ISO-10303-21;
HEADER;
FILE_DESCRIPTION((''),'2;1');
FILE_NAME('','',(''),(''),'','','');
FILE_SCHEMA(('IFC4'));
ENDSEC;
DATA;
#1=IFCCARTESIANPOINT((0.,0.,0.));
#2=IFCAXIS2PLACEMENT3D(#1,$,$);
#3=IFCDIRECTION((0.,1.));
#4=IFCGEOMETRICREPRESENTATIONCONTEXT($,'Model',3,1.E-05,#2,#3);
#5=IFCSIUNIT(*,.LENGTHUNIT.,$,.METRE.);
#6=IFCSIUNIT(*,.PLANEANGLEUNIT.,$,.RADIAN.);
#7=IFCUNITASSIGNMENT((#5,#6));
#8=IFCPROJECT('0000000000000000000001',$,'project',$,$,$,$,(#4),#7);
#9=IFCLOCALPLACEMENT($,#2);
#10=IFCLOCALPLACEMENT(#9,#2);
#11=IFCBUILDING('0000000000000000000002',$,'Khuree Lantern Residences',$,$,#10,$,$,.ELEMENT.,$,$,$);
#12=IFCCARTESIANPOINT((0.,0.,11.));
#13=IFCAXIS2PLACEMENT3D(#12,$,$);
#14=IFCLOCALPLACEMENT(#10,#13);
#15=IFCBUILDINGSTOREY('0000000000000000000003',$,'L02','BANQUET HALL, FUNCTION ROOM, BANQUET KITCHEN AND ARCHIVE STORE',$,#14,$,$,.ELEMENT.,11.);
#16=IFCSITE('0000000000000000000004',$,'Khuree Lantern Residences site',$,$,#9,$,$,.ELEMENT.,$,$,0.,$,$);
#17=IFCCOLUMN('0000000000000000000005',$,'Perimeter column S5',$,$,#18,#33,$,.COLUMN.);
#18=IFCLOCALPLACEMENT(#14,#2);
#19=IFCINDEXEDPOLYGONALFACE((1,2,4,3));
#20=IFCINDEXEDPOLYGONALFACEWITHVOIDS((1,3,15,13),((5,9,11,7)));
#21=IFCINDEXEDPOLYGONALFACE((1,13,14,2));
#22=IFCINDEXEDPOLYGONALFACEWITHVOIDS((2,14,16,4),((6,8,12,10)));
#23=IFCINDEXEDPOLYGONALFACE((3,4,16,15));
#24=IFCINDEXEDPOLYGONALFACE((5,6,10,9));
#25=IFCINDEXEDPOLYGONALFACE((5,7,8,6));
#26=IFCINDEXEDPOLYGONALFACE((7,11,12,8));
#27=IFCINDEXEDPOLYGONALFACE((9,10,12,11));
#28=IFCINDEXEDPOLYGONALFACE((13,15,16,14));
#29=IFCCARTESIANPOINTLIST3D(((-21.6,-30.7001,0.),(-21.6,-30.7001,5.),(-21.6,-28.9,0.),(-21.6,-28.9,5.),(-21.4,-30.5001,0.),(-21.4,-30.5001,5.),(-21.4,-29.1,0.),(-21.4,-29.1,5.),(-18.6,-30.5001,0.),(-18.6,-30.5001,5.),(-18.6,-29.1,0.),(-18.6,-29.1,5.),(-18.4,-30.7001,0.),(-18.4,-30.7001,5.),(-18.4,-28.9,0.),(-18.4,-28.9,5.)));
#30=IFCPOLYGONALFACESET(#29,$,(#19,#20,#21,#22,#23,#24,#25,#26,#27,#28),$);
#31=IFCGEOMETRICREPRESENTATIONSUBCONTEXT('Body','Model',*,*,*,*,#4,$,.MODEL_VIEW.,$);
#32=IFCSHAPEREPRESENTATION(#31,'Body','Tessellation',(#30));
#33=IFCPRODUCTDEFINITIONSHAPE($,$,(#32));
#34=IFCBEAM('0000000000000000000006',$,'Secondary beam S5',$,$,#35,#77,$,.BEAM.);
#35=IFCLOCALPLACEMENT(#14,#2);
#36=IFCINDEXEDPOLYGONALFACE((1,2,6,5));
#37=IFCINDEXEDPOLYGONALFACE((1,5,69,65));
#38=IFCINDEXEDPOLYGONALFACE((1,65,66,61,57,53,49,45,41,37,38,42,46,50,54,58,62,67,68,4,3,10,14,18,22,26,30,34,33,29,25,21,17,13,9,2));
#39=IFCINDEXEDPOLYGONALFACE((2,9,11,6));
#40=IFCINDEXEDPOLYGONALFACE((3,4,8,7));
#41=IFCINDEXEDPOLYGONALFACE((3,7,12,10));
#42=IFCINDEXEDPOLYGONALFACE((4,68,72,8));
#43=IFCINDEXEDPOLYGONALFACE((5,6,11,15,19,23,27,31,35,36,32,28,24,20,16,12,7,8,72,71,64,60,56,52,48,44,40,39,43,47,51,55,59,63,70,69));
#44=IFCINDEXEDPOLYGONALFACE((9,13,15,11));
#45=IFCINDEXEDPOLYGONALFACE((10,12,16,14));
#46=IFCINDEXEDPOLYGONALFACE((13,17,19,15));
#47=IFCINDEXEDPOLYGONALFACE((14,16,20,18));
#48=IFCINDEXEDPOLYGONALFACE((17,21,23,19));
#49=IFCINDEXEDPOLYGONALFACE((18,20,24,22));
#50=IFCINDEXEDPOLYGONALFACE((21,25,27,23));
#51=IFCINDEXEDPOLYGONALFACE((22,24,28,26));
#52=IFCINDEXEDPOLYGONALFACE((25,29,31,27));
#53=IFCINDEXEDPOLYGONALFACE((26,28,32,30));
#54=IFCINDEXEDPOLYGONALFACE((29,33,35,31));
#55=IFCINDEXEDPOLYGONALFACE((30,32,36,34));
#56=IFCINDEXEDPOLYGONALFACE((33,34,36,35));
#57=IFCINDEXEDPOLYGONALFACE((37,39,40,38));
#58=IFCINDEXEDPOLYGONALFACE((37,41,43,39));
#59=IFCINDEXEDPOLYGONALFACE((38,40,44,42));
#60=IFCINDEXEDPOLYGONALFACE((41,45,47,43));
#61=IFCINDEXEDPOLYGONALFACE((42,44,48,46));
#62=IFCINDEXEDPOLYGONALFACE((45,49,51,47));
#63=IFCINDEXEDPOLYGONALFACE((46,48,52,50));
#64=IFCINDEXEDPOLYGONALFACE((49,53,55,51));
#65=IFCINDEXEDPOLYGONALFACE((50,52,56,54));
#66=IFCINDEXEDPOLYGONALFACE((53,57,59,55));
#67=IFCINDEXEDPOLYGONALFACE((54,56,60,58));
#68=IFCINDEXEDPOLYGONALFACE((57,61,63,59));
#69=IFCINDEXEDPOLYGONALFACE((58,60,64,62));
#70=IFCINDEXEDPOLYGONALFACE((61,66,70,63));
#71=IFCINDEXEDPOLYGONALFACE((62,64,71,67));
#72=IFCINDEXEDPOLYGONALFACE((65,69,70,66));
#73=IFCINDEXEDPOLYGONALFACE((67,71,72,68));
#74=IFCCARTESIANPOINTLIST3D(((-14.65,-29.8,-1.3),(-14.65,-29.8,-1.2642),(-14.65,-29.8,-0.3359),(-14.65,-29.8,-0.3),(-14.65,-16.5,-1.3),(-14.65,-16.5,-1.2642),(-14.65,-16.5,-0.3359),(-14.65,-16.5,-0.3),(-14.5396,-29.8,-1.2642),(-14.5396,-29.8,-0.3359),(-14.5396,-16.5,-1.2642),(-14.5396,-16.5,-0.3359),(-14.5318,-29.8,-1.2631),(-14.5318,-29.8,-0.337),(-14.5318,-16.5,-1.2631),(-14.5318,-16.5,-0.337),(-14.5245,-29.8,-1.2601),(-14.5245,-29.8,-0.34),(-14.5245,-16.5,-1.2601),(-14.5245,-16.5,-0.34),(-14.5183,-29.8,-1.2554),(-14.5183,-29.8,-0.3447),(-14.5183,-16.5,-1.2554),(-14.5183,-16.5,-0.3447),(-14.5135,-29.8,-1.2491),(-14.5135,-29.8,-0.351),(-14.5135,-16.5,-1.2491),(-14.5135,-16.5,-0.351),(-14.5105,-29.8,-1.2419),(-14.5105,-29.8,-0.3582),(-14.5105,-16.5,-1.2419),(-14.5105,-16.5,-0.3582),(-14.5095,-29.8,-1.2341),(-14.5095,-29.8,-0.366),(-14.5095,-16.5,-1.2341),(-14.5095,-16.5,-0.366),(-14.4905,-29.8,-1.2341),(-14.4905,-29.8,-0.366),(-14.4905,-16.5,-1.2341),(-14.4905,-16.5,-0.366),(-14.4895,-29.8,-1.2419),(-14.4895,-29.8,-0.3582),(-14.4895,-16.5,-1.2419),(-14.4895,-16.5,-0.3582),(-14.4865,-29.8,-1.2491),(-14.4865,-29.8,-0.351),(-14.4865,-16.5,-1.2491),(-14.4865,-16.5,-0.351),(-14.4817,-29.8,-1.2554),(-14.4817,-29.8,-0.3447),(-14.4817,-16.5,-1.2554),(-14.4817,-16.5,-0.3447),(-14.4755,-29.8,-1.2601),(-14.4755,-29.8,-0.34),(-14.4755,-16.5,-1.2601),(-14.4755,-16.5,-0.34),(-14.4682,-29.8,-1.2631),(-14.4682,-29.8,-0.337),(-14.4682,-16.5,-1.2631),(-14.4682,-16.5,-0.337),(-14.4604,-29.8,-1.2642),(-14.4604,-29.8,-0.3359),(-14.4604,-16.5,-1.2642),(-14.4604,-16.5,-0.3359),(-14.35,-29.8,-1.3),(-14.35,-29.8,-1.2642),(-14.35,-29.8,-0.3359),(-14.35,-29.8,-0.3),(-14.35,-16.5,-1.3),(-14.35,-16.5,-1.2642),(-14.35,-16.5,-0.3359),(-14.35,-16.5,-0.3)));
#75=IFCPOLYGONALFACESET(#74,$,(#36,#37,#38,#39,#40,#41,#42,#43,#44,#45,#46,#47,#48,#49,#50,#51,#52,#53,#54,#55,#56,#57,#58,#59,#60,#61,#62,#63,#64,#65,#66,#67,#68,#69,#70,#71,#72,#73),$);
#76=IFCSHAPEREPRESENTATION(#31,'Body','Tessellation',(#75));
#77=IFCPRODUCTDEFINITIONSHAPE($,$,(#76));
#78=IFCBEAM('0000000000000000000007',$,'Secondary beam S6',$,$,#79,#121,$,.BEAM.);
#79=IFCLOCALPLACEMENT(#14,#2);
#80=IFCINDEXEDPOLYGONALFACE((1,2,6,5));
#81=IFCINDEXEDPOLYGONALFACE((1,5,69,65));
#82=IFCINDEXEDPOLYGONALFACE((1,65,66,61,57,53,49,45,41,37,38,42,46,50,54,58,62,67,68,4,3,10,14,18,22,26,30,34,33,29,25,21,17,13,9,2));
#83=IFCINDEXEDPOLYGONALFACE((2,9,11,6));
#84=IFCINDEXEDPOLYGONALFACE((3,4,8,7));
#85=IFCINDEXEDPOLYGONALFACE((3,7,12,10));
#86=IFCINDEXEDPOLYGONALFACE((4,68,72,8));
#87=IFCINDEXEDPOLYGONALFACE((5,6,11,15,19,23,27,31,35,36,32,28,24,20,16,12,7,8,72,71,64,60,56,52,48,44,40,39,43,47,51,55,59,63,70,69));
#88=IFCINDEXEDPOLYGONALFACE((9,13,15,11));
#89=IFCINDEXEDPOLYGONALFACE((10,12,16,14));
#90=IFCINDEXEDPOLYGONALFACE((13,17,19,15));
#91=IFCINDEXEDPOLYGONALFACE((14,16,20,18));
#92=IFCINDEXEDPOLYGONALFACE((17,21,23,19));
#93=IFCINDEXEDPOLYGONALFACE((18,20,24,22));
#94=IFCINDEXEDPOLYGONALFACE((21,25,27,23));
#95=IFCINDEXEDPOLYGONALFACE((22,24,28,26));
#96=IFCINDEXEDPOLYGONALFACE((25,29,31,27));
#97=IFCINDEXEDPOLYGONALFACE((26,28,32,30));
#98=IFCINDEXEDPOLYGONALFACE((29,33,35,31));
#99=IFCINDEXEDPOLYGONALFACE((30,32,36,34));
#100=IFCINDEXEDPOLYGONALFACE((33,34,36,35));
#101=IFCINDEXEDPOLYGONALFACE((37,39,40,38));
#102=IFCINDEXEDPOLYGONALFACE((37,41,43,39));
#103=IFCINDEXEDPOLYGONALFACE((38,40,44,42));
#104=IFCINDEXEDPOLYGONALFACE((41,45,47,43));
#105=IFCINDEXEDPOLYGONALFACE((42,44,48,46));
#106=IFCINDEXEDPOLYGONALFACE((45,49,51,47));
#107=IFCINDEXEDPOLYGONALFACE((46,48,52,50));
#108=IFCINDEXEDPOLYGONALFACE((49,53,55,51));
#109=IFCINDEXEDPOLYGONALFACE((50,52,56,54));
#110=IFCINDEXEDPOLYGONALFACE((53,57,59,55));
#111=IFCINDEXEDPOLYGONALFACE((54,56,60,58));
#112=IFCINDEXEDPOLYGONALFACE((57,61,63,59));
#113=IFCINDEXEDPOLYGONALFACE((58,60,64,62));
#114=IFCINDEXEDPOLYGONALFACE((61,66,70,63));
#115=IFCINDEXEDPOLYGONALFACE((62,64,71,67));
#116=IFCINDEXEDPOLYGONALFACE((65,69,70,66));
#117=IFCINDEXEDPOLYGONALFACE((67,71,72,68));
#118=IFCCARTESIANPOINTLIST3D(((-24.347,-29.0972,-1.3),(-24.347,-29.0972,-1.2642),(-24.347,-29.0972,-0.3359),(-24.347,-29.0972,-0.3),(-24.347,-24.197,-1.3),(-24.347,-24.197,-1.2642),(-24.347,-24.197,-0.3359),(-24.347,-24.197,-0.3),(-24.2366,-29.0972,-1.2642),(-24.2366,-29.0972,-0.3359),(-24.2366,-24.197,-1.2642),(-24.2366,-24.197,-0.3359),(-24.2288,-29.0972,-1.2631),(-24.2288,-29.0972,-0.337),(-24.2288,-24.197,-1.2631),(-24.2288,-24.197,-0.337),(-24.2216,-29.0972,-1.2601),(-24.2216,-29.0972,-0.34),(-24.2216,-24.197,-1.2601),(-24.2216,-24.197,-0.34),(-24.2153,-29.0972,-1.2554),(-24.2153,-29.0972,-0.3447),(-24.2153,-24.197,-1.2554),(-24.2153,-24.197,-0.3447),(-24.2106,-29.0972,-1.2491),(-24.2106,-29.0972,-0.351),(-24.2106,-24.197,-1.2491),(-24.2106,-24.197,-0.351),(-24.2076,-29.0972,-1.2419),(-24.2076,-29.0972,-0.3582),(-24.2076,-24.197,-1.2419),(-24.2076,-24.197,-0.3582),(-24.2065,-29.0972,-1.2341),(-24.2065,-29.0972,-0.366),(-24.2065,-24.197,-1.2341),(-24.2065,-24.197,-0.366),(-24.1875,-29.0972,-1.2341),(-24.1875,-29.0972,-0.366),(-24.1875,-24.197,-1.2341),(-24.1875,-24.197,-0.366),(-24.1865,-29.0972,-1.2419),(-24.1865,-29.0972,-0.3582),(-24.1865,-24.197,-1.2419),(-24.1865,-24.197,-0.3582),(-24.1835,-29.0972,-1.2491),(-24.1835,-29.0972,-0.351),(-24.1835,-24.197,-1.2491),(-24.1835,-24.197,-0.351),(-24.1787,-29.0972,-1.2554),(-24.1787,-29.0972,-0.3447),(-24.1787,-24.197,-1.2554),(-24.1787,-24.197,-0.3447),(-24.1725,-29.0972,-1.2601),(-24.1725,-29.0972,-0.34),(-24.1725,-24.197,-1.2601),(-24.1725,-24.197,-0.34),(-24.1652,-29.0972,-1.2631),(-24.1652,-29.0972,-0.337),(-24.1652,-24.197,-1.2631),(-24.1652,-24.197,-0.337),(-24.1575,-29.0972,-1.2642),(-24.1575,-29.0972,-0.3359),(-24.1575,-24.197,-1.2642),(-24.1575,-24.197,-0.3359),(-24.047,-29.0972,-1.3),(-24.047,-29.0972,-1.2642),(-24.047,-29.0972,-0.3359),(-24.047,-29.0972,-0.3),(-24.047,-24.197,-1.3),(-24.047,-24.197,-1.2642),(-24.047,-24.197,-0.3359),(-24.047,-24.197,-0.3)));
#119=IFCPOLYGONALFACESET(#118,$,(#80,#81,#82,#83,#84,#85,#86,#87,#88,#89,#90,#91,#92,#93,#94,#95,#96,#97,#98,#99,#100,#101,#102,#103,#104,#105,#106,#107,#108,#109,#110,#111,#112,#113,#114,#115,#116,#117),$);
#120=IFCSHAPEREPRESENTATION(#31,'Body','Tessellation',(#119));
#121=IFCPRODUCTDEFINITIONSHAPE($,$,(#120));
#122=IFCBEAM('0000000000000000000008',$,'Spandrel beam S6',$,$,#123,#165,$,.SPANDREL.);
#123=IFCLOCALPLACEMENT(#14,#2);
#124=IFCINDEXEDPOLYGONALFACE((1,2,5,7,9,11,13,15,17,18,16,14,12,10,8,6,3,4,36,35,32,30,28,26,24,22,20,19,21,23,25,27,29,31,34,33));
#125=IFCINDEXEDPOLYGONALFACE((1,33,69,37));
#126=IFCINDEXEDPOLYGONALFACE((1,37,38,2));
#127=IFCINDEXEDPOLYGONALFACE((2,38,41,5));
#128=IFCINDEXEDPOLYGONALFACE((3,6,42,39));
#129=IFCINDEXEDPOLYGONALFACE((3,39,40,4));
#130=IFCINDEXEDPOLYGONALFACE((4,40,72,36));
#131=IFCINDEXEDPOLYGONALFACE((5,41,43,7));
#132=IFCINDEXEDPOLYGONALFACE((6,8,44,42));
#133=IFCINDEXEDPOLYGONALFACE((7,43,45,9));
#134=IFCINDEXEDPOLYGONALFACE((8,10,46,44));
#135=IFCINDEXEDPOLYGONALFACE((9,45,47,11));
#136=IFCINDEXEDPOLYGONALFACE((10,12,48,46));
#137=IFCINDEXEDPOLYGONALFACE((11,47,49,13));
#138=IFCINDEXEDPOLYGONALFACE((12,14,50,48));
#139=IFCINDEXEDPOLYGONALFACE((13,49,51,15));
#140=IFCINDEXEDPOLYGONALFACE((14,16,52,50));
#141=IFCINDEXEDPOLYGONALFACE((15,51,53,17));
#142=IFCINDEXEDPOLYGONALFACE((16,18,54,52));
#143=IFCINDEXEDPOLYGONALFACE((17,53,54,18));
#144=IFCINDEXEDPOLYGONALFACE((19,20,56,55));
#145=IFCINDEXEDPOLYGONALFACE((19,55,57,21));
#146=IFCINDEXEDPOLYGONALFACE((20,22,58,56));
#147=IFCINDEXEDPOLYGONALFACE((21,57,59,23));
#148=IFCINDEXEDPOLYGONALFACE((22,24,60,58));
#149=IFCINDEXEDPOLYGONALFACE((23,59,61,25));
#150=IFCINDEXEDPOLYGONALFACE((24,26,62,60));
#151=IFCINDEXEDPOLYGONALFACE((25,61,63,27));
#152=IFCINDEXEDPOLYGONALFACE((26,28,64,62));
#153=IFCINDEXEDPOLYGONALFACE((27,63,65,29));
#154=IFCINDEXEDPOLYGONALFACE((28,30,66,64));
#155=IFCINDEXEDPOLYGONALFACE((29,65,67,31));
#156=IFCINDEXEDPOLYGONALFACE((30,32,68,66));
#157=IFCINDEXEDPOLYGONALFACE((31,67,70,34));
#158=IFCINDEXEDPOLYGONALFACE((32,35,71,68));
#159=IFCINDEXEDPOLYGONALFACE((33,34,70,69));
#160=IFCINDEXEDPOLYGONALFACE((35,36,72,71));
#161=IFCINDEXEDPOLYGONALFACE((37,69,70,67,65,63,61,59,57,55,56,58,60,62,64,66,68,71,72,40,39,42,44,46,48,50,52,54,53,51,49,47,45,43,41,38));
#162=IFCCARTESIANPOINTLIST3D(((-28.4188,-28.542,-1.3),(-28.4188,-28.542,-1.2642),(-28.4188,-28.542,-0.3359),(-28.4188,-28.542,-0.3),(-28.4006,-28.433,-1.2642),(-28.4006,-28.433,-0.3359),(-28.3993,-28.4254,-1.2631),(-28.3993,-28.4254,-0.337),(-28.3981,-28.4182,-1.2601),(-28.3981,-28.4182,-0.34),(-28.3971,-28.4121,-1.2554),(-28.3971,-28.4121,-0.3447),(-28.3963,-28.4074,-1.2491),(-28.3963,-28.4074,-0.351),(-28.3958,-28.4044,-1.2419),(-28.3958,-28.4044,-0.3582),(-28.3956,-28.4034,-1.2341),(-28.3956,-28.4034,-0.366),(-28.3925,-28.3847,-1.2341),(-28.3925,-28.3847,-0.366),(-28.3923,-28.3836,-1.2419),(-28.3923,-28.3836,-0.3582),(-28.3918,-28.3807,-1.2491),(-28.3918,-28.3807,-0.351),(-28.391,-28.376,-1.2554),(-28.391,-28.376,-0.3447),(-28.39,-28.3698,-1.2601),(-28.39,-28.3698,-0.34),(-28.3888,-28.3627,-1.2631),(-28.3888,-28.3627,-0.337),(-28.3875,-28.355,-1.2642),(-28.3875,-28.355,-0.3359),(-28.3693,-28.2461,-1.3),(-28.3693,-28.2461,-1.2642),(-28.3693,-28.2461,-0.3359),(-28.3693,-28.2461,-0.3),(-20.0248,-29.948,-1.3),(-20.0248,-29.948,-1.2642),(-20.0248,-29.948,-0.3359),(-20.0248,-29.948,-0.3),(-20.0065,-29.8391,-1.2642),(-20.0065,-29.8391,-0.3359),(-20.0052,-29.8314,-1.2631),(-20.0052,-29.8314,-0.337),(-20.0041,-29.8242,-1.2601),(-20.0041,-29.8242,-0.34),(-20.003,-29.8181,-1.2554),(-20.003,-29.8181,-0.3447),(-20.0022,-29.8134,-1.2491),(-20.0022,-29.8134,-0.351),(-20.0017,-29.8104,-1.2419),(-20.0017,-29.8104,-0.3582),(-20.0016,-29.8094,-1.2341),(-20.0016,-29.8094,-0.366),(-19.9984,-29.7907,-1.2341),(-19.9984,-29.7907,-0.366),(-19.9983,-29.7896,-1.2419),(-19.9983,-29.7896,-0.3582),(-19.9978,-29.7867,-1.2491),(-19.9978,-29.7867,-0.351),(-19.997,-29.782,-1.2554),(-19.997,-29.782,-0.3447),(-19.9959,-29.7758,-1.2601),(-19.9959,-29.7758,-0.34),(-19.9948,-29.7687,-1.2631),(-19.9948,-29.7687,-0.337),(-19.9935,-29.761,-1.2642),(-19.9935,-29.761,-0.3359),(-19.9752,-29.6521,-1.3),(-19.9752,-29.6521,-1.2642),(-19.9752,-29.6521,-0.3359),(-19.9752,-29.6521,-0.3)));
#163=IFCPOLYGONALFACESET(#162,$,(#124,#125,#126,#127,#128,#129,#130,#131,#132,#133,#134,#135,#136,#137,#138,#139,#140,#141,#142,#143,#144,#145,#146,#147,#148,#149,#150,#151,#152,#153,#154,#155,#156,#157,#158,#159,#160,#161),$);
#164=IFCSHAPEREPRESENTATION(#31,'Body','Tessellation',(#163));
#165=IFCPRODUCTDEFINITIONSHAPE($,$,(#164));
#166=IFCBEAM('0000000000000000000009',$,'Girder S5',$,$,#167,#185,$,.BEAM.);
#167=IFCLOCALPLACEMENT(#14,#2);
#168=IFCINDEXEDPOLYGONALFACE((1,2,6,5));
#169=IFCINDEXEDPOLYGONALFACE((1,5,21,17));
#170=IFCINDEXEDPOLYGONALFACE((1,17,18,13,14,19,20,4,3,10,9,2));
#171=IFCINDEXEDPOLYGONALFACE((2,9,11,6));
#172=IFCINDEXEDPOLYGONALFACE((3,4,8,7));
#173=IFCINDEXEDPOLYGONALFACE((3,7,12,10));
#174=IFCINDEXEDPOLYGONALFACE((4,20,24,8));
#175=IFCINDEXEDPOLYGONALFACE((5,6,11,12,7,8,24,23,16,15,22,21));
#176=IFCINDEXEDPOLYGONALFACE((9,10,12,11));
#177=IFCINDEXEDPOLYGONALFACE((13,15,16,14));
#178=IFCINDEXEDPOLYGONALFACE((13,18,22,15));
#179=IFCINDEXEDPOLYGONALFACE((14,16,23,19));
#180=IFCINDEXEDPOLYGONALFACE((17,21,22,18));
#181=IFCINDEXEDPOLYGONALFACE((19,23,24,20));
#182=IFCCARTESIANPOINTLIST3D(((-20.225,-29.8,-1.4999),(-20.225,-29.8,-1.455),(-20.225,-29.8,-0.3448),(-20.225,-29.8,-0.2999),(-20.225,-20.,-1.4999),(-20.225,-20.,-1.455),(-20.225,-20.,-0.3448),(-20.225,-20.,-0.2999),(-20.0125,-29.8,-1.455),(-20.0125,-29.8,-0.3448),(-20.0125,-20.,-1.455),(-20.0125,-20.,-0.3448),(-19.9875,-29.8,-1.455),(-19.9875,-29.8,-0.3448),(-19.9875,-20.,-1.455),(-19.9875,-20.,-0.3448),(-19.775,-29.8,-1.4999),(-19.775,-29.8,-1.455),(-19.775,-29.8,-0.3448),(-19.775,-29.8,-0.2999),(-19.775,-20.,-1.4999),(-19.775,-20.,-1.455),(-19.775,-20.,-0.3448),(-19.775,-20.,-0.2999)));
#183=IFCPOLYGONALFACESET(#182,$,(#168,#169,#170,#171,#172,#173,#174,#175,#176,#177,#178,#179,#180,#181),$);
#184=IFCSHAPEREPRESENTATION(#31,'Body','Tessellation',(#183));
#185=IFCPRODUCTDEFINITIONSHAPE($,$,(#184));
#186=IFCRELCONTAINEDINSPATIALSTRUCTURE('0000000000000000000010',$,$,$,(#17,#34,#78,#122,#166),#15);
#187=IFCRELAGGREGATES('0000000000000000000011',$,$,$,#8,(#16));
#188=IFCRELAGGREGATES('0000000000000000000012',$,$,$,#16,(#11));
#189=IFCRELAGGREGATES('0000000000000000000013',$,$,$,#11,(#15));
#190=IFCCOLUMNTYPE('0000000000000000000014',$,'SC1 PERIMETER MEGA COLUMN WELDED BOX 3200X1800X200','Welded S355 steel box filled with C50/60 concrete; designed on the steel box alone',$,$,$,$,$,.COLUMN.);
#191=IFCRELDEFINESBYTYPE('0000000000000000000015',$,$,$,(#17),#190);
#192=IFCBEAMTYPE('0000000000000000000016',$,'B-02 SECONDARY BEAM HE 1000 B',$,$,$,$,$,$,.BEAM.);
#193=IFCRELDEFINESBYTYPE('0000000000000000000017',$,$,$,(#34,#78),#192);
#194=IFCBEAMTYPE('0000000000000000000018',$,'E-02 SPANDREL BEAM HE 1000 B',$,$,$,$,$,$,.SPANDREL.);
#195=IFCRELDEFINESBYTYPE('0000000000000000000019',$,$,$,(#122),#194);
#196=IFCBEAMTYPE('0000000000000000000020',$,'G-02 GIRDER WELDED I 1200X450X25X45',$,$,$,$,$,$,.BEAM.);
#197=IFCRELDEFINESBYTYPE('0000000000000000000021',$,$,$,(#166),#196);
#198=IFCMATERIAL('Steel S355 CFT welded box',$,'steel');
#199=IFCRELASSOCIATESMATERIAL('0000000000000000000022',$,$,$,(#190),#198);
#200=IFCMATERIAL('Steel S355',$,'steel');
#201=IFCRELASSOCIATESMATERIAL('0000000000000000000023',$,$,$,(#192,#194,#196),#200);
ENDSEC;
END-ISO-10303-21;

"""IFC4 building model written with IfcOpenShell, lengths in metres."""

from ifc_helpers import new_model, si_unit, direction, frame, origin, origin_2d, place, context, subcontext, project, spatial, hollow_rectangle, i_section, extrude, material, material_profile, profile_set, type_object, element, save


model = new_model("IFC4")

# Units and contexts
model_context = context("Model", 3, precision=1e-05, world=origin(), true_north=direction((0.0, 1.0)))
body_context = subcontext(model_context, "Body", "Model", "MODEL_VIEW")
ifc_project = project(units=[si_unit("LENGTHUNIT", "METRE"), si_unit("PLANEANGLEUNIT", "RADIAN")], contexts=[model_context])

# Site, building, storey
site_placement = place(None, origin())
site = spatial("IfcSite", under=ifc_project, at=site_placement, Name="Khuree Lantern Residences site", CompositionType="ELEMENT", RefElevation=0.0)
building_placement = place(site_placement, origin())
building = spatial("IfcBuilding", under=site, at=building_placement, Name="Khuree Lantern Residences", CompositionType="ELEMENT")
storey_placement = place(building_placement, frame((0.0, 0.0, 11.0)))
storey = spatial("IfcBuildingStorey", under=building, at=storey_placement, Name="L02", Description="BANQUET HALL, FUNCTION ROOM, BANQUET KITCHEN AND ARCHIVE STORE", CompositionType="ELEMENT", Elevation=11.0)

# Column
ifc_material_1 = material(Name="Steel S355 CFT welded box", Category="steel")
ifc_material_profile_1 = material_profile(ifc_material_1, hollow_rectangle(XDim=3.2, YDim=1.8, WallThickness=0.2, at=origin_2d()), Name="WELDED BOX 3200X1800X200")
ifc_profile_set_1 = profile_set([ifc_material_profile_1], Name="Steel S355 CFT welded box")
column_type = type_object("IfcColumnType", Name="SC1 PERIMETER MEGA COLUMN WELDED BOX 3200X1800X200", Description="Welded S355 steel box filled with C50/60 concrete; designed on the steel box alone", PredefinedType="COLUMN", material=ifc_profile_set_1)
column_placement = place(storey_placement, frame((-20.0, -29.8, 0.0), z_axis=(0.0, 0.0, 1.0), x_axis=(1.0, 0.0, 0.0)))
element("IfcColumn", 1, at=column_placement, inside=storey, type_object=column_type, Name="Perimeter column S5", PredefinedType="COLUMN", context=body_context, shape_type="SweptSolid", body=[
    extrude(hollow_rectangle(XDim=3.2, YDim=1.8, WallThickness=0.2, at=origin_2d()), origin(), (0.0, 0.0, 1.0), 5.0),
])

# Beams
ifc_material_2 = material(Name="Steel S355", Category="steel")
ifc_material_profile_2 = material_profile(ifc_material_2, i_section(OverallWidth=0.3, OverallDepth=1.0, WebThickness=0.019, FlangeThickness=0.0359, FilletRadius=0.03, at=origin_2d()), Name="HE 1000 B")
ifc_profile_set_2 = profile_set([ifc_material_profile_2], Name="Steel S355")
beam_type_1 = type_object("IfcBeamType", Name="B-02 SECONDARY BEAM HE 1000 B", PredefinedType="BEAM", material=ifc_profile_set_2)
beam_1_placement = place(storey_placement, frame((-14.5, -29.8, -0.8), z_axis=(0.0, 1.0, 0.0), x_axis=(-1.0, 0.0, 0.0)))
element("IfcBeam", 2, at=beam_1_placement, inside=storey, type_object=beam_type_1, Name="Secondary beam S5", PredefinedType="BEAM", context=body_context, shape_type="SweptSolid", body=[
    extrude(i_section(OverallWidth=0.3, OverallDepth=1.0, WebThickness=0.019, FlangeThickness=0.0359, FilletRadius=0.03, at=origin_2d()), origin(), (0.0, 0.0, 1.0), 13.3),
])
beam_2_placement = place(storey_placement, frame((-24.197, -29.0972, -0.8), z_axis=(0.0, 1.0, 0.0), x_axis=(-1.0, 0.0, 0.0)))
element("IfcBeam", 3, at=beam_2_placement, inside=storey, type_object=beam_type_1, Name="Secondary beam S6", PredefinedType="BEAM", context=body_context, shape_type="SweptSolid", body=[
    extrude(i_section(OverallWidth=0.3, OverallDepth=1.0, WebThickness=0.019, FlangeThickness=0.0359, FilletRadius=0.03, at=origin_2d()), origin(), (0.0, 0.0, 1.0), 4.9001),
])
ifc_material_profile_3 = material_profile(ifc_material_2, i_section(OverallWidth=0.3, OverallDepth=1.0, WebThickness=0.019, FlangeThickness=0.0359, FilletRadius=0.03, at=origin_2d()), Name="HE 1000 B")
ifc_profile_set_3 = profile_set([ifc_material_profile_3], Name="Steel S355")
beam_type_2 = type_object("IfcBeamType", Name="E-02 SPANDREL BEAM HE 1000 B", PredefinedType="SPANDREL", material=ifc_profile_set_3)
beam_3_placement = place(storey_placement, frame((-20.0, -29.8, -0.8), z_axis=(-0.98626, 0.165199, 0.0), x_axis=(-0.165199, -0.98626, 0.0)))
element("IfcBeam", 4, at=beam_3_placement, inside=storey, type_object=beam_type_2, Name="Spandrel beam S6", PredefinedType="SPANDREL", context=body_context, shape_type="SweptSolid", body=[
    extrude(i_section(OverallWidth=0.3, OverallDepth=1.0, WebThickness=0.019, FlangeThickness=0.0359, FilletRadius=0.03, at=origin_2d()), origin(), (0.0, 0.0, 1.0), 8.511),
])
ifc_material_profile_4 = material_profile(ifc_material_2, i_section(OverallWidth=0.45, OverallDepth=1.2, WebThickness=0.0249, FlangeThickness=0.0449, at=origin_2d()), Name="WELDED I 1200X450X25X45")
ifc_profile_set_4 = profile_set([ifc_material_profile_4], Name="Steel S355")
beam_type_3 = type_object("IfcBeamType", Name="G-02 GIRDER WELDED I 1200X450X25X45", PredefinedType="BEAM", material=ifc_profile_set_4)
beam_4_placement = place(storey_placement, frame((-20.0, -29.8, -0.8999), z_axis=(0.0, 1.0, 0.0), x_axis=(-1.0, 0.0, 0.0)))
element("IfcBeam", 5, at=beam_4_placement, inside=storey, type_object=beam_type_3, Name="Girder S5", PredefinedType="BEAM", context=body_context, shape_type="SweptSolid", body=[
    extrude(i_section(OverallWidth=0.45, OverallDepth=1.2, WebThickness=0.0249, FlangeThickness=0.0449, at=origin_2d()), origin(), (0.0, 0.0, 1.0), 9.8),
])

save(model, "model.ifc")
